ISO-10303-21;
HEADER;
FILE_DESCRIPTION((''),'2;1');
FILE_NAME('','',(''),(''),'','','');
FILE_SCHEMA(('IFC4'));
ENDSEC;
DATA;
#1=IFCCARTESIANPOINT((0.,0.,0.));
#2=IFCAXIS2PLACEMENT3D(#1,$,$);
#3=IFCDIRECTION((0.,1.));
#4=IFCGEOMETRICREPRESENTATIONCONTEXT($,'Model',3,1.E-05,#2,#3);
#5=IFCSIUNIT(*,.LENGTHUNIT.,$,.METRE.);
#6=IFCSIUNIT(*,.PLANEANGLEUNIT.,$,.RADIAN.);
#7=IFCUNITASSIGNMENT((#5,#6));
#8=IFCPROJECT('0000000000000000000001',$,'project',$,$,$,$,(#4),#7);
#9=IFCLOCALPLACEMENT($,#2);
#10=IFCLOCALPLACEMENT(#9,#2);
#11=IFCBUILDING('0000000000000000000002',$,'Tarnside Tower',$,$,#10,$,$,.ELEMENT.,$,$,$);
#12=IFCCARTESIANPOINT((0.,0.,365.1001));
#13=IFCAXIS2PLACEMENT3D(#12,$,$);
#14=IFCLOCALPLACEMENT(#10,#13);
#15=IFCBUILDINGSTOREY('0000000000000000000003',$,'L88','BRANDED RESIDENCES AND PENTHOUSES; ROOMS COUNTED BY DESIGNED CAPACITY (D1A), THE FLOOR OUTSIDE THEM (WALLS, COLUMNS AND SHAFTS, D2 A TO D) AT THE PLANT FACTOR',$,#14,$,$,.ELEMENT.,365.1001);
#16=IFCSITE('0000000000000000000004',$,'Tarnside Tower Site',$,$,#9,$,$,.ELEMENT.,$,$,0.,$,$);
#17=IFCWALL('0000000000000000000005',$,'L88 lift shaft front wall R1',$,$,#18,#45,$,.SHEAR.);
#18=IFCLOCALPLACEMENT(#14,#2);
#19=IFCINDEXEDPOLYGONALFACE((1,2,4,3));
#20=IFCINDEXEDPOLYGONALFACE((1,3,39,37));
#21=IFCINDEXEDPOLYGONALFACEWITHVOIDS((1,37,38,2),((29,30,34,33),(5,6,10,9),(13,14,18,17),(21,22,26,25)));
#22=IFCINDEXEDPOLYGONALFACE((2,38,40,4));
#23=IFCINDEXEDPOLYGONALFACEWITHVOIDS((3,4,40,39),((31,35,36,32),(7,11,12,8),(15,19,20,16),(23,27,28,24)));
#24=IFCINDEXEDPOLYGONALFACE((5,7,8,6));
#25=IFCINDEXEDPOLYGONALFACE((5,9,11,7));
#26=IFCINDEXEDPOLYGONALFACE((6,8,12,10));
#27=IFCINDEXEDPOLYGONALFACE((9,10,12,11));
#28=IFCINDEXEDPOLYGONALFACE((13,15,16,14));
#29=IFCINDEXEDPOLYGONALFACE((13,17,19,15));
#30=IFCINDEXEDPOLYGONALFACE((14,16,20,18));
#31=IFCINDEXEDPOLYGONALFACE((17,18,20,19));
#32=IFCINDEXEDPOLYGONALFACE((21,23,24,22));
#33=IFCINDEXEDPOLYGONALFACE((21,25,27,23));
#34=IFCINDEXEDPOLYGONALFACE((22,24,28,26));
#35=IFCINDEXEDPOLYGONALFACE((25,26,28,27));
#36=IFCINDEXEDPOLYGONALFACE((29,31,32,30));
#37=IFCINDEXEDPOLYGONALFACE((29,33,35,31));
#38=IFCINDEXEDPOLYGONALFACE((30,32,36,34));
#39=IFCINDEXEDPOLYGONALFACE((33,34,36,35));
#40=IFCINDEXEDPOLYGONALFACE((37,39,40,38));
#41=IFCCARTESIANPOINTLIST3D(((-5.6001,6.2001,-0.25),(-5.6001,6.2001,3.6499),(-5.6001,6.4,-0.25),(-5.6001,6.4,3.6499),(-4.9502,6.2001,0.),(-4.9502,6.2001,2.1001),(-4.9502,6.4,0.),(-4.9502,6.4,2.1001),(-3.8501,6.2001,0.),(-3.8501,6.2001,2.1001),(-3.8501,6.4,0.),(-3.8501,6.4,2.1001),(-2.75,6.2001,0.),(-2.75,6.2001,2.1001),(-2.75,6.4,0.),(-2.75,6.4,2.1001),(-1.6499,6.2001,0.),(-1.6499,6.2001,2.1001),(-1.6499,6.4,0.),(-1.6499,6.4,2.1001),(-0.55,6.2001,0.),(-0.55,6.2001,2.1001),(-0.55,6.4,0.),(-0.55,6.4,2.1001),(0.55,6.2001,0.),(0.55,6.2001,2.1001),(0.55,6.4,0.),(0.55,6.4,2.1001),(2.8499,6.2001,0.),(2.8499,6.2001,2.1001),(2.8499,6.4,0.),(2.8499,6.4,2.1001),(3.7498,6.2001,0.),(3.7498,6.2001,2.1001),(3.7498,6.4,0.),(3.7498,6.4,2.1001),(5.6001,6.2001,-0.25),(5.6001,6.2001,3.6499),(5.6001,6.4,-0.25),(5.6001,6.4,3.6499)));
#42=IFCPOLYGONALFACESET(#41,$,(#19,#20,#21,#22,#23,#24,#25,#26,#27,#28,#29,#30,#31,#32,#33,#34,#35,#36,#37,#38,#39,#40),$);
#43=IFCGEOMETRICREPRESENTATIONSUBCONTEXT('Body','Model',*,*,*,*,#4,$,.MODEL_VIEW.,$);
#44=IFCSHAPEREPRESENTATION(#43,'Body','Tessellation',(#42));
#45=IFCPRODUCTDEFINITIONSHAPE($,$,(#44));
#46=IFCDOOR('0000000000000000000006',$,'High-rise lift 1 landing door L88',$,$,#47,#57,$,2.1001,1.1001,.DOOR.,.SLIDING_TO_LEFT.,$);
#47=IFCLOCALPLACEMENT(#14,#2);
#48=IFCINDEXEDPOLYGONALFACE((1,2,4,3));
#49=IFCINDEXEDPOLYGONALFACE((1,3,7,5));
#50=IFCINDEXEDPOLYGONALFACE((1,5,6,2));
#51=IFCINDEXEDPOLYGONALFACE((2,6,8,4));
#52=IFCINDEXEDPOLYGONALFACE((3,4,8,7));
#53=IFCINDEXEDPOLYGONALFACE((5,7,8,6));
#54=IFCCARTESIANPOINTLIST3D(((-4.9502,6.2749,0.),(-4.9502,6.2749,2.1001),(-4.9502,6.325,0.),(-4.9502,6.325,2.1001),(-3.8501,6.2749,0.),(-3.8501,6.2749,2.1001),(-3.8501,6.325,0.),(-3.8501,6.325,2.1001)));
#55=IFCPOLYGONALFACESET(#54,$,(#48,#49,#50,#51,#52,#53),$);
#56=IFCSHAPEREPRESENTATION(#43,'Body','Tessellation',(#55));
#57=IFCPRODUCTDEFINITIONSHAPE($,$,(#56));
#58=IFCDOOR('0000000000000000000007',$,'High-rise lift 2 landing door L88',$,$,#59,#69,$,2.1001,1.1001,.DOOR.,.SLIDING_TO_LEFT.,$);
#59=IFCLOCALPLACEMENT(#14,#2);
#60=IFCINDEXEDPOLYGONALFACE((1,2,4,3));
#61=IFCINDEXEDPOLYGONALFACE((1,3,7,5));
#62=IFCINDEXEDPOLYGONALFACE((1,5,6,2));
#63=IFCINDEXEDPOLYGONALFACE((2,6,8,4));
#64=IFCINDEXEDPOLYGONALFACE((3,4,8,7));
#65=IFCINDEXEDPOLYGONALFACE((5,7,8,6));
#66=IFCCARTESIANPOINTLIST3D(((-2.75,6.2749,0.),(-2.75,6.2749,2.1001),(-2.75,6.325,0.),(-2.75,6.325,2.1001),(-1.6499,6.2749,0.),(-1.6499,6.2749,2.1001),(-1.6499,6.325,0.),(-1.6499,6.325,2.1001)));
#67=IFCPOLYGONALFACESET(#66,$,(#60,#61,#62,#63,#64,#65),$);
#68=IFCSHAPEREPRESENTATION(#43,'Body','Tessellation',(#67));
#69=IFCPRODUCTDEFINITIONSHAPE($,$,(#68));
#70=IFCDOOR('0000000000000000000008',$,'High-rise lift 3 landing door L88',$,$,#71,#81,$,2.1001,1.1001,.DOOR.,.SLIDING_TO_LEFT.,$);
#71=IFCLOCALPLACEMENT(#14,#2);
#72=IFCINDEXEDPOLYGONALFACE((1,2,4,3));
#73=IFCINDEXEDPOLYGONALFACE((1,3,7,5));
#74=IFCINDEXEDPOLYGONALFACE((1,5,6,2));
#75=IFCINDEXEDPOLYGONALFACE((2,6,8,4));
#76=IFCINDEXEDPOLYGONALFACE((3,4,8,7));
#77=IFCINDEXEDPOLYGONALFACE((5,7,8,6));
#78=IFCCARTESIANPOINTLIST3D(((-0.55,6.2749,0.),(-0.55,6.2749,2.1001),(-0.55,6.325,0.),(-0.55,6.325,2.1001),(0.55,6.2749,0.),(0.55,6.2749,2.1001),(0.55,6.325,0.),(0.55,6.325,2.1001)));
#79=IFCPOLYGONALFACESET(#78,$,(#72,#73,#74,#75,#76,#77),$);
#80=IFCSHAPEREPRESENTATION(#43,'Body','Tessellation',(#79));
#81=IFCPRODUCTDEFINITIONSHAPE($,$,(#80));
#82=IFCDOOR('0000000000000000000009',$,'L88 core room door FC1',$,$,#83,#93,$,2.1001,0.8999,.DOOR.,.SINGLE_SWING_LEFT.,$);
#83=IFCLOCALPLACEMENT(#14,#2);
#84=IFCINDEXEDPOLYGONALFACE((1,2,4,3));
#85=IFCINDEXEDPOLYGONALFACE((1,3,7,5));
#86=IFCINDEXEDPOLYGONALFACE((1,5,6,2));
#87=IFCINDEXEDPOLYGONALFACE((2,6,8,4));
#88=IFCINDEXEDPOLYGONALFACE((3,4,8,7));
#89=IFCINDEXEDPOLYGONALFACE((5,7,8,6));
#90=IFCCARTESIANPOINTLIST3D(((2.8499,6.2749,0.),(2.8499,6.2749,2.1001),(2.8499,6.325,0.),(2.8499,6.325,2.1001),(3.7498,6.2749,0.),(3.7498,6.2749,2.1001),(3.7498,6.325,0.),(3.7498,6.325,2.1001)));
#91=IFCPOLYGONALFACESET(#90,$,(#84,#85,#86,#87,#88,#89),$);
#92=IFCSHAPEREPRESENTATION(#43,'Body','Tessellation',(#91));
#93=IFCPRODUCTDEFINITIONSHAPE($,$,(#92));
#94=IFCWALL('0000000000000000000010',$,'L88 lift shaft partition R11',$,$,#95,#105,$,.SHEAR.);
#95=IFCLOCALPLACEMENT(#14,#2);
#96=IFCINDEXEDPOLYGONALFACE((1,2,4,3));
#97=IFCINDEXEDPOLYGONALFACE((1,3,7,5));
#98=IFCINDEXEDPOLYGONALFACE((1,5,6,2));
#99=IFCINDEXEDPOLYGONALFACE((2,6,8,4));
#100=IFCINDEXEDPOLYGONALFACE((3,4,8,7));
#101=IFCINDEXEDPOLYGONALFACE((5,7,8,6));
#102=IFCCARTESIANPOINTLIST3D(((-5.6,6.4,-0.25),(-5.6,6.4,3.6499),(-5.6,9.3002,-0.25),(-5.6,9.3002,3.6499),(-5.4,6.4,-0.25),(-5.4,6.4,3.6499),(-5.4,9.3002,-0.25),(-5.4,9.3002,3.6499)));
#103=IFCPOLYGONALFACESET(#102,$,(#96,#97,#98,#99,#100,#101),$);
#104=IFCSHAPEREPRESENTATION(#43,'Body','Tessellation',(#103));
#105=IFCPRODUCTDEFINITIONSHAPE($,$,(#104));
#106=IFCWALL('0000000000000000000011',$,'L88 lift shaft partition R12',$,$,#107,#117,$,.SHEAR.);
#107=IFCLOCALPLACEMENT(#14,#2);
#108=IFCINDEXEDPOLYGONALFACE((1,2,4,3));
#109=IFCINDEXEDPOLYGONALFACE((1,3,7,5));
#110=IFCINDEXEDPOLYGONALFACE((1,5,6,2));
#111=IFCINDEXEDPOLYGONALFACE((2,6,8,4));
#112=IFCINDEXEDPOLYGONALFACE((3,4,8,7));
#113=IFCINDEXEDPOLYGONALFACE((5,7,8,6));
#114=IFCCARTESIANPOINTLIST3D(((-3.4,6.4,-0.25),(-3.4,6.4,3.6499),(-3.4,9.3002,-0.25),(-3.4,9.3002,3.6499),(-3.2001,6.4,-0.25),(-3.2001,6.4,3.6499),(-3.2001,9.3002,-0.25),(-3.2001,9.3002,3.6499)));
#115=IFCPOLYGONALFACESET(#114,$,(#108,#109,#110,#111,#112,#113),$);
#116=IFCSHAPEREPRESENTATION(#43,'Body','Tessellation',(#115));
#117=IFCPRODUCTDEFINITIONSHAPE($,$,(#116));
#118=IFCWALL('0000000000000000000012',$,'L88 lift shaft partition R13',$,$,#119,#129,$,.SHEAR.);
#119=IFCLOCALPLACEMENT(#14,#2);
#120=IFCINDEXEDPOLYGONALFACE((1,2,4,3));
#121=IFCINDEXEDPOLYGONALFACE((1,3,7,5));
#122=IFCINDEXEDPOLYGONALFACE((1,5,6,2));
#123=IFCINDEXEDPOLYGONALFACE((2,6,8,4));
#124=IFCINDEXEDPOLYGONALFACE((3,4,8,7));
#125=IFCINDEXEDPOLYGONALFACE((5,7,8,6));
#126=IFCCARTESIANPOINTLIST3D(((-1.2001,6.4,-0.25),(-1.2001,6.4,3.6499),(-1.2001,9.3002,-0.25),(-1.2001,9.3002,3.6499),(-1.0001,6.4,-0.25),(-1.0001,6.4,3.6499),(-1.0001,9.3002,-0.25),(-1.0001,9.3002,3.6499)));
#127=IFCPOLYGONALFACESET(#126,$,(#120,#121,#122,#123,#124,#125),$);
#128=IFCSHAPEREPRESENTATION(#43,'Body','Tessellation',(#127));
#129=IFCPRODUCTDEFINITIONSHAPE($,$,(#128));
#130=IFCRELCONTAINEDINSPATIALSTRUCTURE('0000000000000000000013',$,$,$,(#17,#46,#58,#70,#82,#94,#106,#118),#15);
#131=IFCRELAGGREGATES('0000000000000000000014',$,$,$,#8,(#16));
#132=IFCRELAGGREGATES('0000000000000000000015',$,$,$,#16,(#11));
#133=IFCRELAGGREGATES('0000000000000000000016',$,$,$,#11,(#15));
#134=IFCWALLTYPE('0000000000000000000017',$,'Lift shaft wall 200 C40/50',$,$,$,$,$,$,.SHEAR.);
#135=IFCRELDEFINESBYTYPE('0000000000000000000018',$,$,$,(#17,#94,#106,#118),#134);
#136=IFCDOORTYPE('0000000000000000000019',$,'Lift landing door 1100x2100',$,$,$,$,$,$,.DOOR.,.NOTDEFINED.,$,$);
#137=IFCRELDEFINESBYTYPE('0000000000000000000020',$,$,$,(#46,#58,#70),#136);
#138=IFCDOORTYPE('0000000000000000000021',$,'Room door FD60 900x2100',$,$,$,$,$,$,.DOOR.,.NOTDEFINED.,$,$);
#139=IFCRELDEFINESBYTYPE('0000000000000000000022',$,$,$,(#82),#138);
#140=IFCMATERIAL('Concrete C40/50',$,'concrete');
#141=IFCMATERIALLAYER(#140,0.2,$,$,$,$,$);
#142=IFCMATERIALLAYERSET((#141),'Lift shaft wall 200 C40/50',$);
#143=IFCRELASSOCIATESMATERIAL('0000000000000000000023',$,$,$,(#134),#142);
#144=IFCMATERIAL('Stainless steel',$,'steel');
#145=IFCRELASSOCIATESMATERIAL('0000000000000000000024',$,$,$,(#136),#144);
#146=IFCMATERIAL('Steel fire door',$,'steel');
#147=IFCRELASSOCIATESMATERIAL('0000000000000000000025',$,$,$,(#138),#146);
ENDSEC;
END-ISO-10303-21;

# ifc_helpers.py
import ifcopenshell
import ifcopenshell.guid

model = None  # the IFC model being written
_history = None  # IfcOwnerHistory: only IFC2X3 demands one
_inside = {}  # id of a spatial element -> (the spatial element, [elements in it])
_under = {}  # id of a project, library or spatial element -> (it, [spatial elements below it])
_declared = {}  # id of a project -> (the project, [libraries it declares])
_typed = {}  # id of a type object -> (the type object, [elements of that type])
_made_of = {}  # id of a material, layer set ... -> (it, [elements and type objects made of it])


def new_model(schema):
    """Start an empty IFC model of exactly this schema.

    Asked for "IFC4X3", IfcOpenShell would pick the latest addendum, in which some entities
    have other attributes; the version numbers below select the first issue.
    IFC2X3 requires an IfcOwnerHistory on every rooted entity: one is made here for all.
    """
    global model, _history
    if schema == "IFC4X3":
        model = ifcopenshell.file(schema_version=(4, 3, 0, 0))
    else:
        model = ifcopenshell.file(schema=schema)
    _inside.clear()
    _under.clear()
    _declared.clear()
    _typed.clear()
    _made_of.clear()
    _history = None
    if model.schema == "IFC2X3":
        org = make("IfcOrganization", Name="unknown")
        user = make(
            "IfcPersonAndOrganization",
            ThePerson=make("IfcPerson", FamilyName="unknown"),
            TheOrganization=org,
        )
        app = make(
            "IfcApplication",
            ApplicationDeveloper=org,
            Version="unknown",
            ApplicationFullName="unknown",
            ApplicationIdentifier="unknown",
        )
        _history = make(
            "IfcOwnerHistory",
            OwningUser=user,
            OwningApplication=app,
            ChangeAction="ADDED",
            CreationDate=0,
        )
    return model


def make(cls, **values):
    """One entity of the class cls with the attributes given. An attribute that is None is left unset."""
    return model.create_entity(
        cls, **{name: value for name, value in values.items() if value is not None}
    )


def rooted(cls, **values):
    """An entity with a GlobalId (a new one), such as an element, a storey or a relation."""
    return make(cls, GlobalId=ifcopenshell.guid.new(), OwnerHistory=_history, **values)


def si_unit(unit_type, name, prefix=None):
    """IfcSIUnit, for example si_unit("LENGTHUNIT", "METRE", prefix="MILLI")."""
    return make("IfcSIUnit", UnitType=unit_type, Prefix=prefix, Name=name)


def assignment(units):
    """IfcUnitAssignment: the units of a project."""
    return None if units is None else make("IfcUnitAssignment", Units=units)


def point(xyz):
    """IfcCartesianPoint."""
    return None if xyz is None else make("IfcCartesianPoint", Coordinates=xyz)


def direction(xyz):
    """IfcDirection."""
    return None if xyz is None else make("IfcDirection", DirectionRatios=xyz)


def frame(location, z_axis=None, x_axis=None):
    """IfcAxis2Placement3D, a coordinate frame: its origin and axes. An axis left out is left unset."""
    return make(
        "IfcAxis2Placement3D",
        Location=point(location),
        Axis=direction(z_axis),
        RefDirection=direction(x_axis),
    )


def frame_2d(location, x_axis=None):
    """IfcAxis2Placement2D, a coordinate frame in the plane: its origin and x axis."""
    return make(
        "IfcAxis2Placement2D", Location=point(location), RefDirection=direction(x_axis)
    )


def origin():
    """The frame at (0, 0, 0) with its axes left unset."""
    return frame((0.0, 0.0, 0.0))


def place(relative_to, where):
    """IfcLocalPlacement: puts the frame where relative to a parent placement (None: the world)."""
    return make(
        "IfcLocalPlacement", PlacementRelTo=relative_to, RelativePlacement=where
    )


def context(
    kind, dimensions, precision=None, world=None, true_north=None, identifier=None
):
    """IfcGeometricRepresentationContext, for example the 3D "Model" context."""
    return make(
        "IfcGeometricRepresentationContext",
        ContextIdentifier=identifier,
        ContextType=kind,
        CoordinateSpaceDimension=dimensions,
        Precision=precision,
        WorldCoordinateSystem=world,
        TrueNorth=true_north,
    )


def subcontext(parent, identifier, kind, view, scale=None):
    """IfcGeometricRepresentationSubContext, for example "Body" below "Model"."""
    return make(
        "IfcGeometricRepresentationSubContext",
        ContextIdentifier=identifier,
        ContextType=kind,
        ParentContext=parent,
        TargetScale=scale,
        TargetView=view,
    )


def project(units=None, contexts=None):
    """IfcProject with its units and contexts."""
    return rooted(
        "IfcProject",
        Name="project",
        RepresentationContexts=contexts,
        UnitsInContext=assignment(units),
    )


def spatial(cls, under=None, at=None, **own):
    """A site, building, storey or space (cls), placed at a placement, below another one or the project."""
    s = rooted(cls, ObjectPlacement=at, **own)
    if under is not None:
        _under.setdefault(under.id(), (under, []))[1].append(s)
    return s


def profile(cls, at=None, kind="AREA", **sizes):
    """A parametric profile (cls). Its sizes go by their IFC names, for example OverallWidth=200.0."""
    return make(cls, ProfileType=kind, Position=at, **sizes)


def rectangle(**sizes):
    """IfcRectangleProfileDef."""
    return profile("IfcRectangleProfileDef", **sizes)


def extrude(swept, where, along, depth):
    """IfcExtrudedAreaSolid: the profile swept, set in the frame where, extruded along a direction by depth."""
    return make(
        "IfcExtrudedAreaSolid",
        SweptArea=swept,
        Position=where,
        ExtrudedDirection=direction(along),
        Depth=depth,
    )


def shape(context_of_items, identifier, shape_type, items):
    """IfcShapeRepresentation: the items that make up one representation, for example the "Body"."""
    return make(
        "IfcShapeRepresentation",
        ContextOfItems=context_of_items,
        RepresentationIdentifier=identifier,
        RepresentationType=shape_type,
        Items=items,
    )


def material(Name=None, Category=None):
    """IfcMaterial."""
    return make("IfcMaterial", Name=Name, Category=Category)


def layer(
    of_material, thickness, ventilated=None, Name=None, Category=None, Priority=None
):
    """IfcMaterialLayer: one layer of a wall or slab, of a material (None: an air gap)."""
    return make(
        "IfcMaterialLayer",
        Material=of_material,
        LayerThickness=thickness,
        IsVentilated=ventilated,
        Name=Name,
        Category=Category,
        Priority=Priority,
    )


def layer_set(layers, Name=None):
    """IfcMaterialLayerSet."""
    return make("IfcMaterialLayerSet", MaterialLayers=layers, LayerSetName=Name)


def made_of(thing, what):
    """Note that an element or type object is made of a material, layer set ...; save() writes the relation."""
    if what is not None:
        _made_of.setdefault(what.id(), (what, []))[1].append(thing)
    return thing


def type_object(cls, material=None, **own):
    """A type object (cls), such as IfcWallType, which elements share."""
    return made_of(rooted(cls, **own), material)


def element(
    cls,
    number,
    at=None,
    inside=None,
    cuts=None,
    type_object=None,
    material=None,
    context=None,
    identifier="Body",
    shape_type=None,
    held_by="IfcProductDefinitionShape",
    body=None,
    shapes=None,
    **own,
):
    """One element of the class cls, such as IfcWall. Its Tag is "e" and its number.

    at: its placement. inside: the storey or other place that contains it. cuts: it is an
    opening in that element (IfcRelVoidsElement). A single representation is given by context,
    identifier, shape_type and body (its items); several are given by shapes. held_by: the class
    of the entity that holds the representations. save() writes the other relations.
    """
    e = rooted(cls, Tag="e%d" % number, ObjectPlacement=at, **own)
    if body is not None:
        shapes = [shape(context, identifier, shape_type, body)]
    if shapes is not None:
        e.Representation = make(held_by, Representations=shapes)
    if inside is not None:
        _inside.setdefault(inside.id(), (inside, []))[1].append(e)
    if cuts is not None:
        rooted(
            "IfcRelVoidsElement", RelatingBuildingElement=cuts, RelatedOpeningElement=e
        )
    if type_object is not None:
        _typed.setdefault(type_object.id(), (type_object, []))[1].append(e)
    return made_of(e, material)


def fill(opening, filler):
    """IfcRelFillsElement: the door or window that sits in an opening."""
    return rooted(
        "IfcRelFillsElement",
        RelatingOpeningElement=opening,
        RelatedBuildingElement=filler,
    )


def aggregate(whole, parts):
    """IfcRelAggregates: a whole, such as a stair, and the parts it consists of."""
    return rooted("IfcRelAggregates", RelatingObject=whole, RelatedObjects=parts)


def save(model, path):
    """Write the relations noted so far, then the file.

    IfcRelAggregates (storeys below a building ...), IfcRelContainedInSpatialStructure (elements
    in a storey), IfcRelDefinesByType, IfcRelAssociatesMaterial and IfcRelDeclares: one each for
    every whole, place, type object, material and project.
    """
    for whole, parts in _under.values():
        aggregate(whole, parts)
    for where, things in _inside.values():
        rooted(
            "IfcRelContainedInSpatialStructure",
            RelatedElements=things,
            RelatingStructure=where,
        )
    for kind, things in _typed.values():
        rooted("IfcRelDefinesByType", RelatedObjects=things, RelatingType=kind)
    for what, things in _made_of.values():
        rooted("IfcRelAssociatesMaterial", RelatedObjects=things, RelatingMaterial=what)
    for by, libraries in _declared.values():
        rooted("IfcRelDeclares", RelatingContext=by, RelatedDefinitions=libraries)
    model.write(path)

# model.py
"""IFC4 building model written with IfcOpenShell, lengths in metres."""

from ifc_helpers import new_model, si_unit, direction, frame, frame_2d, origin, place, context, subcontext, project, spatial, rectangle, extrude, material, layer, layer_set, type_object, element, fill, save


model = new_model("IFC4")

# Units and contexts
model_context = context("Model", 3, precision=1e-05, world=origin(), true_north=direction((0.0, 1.0)))
body_context = subcontext(model_context, "Body", "Model", "MODEL_VIEW")
ifc_project = project(units=[si_unit("LENGTHUNIT", "METRE"), si_unit("PLANEANGLEUNIT", "RADIAN")], contexts=[model_context])

# Site, building, storey
site_placement = place(None, origin())
site = spatial("IfcSite", under=ifc_project, at=site_placement, Name="Tarnside Tower Site", CompositionType="ELEMENT", RefElevation=0.0)
building_placement = place(site_placement, origin())
building = spatial("IfcBuilding", under=site, at=building_placement, Name="Tarnside Tower", CompositionType="ELEMENT")
storey_placement = place(building_placement, frame((0.0, 0.0, 365.1001)))
storey = spatial("IfcBuildingStorey", under=building, at=storey_placement, Name="L88", Description="BRANDED RESIDENCES AND PENTHOUSES; ROOMS COUNTED BY DESIGNED CAPACITY (D1A), THE FLOOR OUTSIDE THEM (WALLS, COLUMNS AND SHAFTS, D2 A TO D) AT THE PLANT FACTOR", CompositionType="ELEMENT", Elevation=365.1001)

# Shared definitions
ifc_material_1 = material(Name="Steel fire door", Category="steel")

# Wall, openings, doors
ifc_material_2 = material(Name="Concrete C40/50", Category="concrete")
ifc_layer_1 = layer(ifc_material_2, 0.2)
ifc_layer_set_1 = layer_set([ifc_layer_1], Name="Lift shaft wall 200 C40/50")
wall_type_1 = type_object("IfcWallType", Name="Lift shaft wall 200 C40/50", PredefinedType="SHEAR", material=ifc_layer_set_1)
wall_1_placement = place(storey_placement, frame((-5.6001, 6.3, -0.25), z_axis=(0.0, 0.0, 1.0), x_axis=(1.0, 0.0, 0.0)))
wall_1 = element("IfcWall", 1, at=wall_1_placement, inside=storey, type_object=wall_type_1, Name="L88 lift shaft front wall R1", PredefinedType="SHEAR", context=body_context, shape_type="SweptSolid", body=[
    extrude(rectangle(XDim=11.2002, YDim=0.2, at=frame_2d((5.6001, 0.0))), origin(), (0.0, 0.0, 1.0), 3.8999),
])
opening_1_placement = place(wall_1_placement, frame((8.45, 0.0, 0.25)))
opening_1 = element("IfcOpeningElement", 2, at=opening_1_placement, cuts=wall_1, PredefinedType="OPENING", context=body_context, shape_type="SweptSolid", body=[
    extrude(rectangle(XDim=0.8999, YDim=2.1001, at=frame_2d((0.45, 1.05))), frame((0.0, 0.1099, 0.0), z_axis=(0.0, -1.0, 0.0), x_axis=(1.0, 0.0, 0.0)), (0.0, 0.0, 1.0), 0.22),
])
opening_2_placement = place(wall_1_placement, frame((0.6499, 0.0, 0.25)))
opening_2 = element("IfcOpeningElement", 3, at=opening_2_placement, cuts=wall_1, PredefinedType="OPENING", context=body_context, shape_type="SweptSolid", body=[
    extrude(rectangle(XDim=1.1001, YDim=2.1001, at=frame_2d((0.55, 1.05))), frame((0.0, 0.1099, 0.0), z_axis=(0.0, -1.0, 0.0), x_axis=(1.0, 0.0, 0.0)), (0.0, 0.0, 1.0), 0.22),
])
opening_3_placement = place(wall_1_placement, frame((2.8501, 0.0, 0.25)))
opening_3 = element("IfcOpeningElement", 4, at=opening_3_placement, cuts=wall_1, PredefinedType="OPENING", context=body_context, shape_type="SweptSolid", body=[
    extrude(rectangle(XDim=1.1001, YDim=2.1001, at=frame_2d((0.55, 1.05))), frame((0.0, 0.1099, 0.0), z_axis=(0.0, -1.0, 0.0), x_axis=(1.0, 0.0, 0.0)), (0.0, 0.0, 1.0), 0.22),
])
opening_4_placement = place(wall_1_placement, frame((5.05, 0.0, 0.25)))
opening_4 = element("IfcOpeningElement", 5, at=opening_4_placement, cuts=wall_1, PredefinedType="OPENING", context=body_context, shape_type="SweptSolid", body=[
    extrude(rectangle(XDim=1.1001, YDim=2.1001, at=frame_2d((0.55, 1.05))), frame((0.0, 0.1099, 0.0), z_axis=(0.0, -1.0, 0.0), x_axis=(1.0, 0.0, 0.0)), (0.0, 0.0, 1.0), 0.22),
])
ifc_material_3 = material(Name="Stainless steel", Category="steel")
door_type_1 = type_object("IfcDoorType", Name="Lift landing door 1100x2100", OperationType="NOTDEFINED", PredefinedType="DOOR", material=ifc_material_3)
door_1_placement = place(opening_2_placement, origin())
door_1 = element("IfcDoor", 6, at=door_1_placement, inside=storey, type_object=door_type_1, Name="High-rise lift 1 landing door L88", OperationType="SLIDING_TO_LEFT", OverallHeight=2.1001, OverallWidth=1.1001, PredefinedType="DOOR", context=body_context, shape_type="SweptSolid", body=[
    extrude(rectangle(XDim=1.1001, YDim=2.1001, at=frame_2d((0.55, 1.05))), frame((0.0, 0.0249, 0.0), z_axis=(0.0, -1.0, 0.0), x_axis=(1.0, 0.0, 0.0)), (0.0, 0.0, 1.0), 0.05),
])
fill(opening_2, door_1)
door_2_placement = place(opening_3_placement, origin())
door_2 = element("IfcDoor", 7, at=door_2_placement, inside=storey, type_object=door_type_1, Name="High-rise lift 2 landing door L88", OperationType="SLIDING_TO_LEFT", OverallHeight=2.1001, OverallWidth=1.1001, PredefinedType="DOOR", context=body_context, shape_type="SweptSolid", body=[
    extrude(rectangle(XDim=1.1001, YDim=2.1001, at=frame_2d((0.55, 1.05))), frame((0.0, 0.0249, 0.0), z_axis=(0.0, -1.0, 0.0), x_axis=(1.0, 0.0, 0.0)), (0.0, 0.0, 1.0), 0.05),
])
fill(opening_3, door_2)
door_3_placement = place(opening_4_placement, origin())
door_3 = element("IfcDoor", 8, at=door_3_placement, inside=storey, type_object=door_type_1, Name="High-rise lift 3 landing door L88", OperationType="SLIDING_TO_LEFT", OverallHeight=2.1001, OverallWidth=1.1001, PredefinedType="DOOR", context=body_context, shape_type="SweptSolid", body=[
    extrude(rectangle(XDim=1.1001, YDim=2.1001, at=frame_2d((0.55, 1.05))), frame((0.0, 0.0249, 0.0), z_axis=(0.0, -1.0, 0.0), x_axis=(1.0, 0.0, 0.0)), (0.0, 0.0, 1.0), 0.05),
])
fill(opening_4, door_3)
door_type_2 = type_object("IfcDoorType", Name="Room door FD60 900x2100", OperationType="NOTDEFINED", PredefinedType="DOOR", material=ifc_material_1)
door_4_placement = place(opening_1_placement, origin())
door_4 = element("IfcDoor", 9, at=door_4_placement, inside=storey, type_object=door_type_2, Name="L88 core room door FC1", OperationType="SINGLE_SWING_LEFT", OverallHeight=2.1001, OverallWidth=0.8999, PredefinedType="DOOR", context=body_context, shape_type="SweptSolid", body=[
    extrude(rectangle(XDim=0.8999, YDim=2.1001, at=frame_2d((0.45, 1.05))), frame((0.0, 0.0249, 0.0), z_axis=(0.0, -1.0, 0.0), x_axis=(1.0, 0.0, 0.0)), (0.0, 0.0, 1.0), 0.05),
])
fill(opening_1, door_4)

# Walls
for number, where, z_axis, x_axis, name in (
    (10, (-5.5, 6.3999, -0.25), (0.0, 0.0, 1.0), (0.0, 1.0, 0.0), "L88 lift shaft partition R11"),
    (11, (-3.3, 6.3999, -0.25), (0.0, 0.0, 1.0), (0.0, 1.0, 0.0), "L88 lift shaft partition R12"),
    (12, (-1.1001, 6.3999, -0.25), (0.0, 0.0, 1.0), (0.0, 1.0, 0.0), "L88 lift shaft partition R13"),
):
    element("IfcWall", number, at=place(storey_placement, frame(where, z_axis=z_axis, x_axis=x_axis)), inside=storey, type_object=wall_type_1, Name=name, PredefinedType="SHEAR", context=body_context, shape_type="SweptSolid", body=[
        extrude(rectangle(XDim=2.9001, YDim=0.2, at=frame_2d((1.4502, 0.0))), origin(), (0.0, 0.0, 1.0), 3.8999),
    ])

save(model, "model.ifc")
